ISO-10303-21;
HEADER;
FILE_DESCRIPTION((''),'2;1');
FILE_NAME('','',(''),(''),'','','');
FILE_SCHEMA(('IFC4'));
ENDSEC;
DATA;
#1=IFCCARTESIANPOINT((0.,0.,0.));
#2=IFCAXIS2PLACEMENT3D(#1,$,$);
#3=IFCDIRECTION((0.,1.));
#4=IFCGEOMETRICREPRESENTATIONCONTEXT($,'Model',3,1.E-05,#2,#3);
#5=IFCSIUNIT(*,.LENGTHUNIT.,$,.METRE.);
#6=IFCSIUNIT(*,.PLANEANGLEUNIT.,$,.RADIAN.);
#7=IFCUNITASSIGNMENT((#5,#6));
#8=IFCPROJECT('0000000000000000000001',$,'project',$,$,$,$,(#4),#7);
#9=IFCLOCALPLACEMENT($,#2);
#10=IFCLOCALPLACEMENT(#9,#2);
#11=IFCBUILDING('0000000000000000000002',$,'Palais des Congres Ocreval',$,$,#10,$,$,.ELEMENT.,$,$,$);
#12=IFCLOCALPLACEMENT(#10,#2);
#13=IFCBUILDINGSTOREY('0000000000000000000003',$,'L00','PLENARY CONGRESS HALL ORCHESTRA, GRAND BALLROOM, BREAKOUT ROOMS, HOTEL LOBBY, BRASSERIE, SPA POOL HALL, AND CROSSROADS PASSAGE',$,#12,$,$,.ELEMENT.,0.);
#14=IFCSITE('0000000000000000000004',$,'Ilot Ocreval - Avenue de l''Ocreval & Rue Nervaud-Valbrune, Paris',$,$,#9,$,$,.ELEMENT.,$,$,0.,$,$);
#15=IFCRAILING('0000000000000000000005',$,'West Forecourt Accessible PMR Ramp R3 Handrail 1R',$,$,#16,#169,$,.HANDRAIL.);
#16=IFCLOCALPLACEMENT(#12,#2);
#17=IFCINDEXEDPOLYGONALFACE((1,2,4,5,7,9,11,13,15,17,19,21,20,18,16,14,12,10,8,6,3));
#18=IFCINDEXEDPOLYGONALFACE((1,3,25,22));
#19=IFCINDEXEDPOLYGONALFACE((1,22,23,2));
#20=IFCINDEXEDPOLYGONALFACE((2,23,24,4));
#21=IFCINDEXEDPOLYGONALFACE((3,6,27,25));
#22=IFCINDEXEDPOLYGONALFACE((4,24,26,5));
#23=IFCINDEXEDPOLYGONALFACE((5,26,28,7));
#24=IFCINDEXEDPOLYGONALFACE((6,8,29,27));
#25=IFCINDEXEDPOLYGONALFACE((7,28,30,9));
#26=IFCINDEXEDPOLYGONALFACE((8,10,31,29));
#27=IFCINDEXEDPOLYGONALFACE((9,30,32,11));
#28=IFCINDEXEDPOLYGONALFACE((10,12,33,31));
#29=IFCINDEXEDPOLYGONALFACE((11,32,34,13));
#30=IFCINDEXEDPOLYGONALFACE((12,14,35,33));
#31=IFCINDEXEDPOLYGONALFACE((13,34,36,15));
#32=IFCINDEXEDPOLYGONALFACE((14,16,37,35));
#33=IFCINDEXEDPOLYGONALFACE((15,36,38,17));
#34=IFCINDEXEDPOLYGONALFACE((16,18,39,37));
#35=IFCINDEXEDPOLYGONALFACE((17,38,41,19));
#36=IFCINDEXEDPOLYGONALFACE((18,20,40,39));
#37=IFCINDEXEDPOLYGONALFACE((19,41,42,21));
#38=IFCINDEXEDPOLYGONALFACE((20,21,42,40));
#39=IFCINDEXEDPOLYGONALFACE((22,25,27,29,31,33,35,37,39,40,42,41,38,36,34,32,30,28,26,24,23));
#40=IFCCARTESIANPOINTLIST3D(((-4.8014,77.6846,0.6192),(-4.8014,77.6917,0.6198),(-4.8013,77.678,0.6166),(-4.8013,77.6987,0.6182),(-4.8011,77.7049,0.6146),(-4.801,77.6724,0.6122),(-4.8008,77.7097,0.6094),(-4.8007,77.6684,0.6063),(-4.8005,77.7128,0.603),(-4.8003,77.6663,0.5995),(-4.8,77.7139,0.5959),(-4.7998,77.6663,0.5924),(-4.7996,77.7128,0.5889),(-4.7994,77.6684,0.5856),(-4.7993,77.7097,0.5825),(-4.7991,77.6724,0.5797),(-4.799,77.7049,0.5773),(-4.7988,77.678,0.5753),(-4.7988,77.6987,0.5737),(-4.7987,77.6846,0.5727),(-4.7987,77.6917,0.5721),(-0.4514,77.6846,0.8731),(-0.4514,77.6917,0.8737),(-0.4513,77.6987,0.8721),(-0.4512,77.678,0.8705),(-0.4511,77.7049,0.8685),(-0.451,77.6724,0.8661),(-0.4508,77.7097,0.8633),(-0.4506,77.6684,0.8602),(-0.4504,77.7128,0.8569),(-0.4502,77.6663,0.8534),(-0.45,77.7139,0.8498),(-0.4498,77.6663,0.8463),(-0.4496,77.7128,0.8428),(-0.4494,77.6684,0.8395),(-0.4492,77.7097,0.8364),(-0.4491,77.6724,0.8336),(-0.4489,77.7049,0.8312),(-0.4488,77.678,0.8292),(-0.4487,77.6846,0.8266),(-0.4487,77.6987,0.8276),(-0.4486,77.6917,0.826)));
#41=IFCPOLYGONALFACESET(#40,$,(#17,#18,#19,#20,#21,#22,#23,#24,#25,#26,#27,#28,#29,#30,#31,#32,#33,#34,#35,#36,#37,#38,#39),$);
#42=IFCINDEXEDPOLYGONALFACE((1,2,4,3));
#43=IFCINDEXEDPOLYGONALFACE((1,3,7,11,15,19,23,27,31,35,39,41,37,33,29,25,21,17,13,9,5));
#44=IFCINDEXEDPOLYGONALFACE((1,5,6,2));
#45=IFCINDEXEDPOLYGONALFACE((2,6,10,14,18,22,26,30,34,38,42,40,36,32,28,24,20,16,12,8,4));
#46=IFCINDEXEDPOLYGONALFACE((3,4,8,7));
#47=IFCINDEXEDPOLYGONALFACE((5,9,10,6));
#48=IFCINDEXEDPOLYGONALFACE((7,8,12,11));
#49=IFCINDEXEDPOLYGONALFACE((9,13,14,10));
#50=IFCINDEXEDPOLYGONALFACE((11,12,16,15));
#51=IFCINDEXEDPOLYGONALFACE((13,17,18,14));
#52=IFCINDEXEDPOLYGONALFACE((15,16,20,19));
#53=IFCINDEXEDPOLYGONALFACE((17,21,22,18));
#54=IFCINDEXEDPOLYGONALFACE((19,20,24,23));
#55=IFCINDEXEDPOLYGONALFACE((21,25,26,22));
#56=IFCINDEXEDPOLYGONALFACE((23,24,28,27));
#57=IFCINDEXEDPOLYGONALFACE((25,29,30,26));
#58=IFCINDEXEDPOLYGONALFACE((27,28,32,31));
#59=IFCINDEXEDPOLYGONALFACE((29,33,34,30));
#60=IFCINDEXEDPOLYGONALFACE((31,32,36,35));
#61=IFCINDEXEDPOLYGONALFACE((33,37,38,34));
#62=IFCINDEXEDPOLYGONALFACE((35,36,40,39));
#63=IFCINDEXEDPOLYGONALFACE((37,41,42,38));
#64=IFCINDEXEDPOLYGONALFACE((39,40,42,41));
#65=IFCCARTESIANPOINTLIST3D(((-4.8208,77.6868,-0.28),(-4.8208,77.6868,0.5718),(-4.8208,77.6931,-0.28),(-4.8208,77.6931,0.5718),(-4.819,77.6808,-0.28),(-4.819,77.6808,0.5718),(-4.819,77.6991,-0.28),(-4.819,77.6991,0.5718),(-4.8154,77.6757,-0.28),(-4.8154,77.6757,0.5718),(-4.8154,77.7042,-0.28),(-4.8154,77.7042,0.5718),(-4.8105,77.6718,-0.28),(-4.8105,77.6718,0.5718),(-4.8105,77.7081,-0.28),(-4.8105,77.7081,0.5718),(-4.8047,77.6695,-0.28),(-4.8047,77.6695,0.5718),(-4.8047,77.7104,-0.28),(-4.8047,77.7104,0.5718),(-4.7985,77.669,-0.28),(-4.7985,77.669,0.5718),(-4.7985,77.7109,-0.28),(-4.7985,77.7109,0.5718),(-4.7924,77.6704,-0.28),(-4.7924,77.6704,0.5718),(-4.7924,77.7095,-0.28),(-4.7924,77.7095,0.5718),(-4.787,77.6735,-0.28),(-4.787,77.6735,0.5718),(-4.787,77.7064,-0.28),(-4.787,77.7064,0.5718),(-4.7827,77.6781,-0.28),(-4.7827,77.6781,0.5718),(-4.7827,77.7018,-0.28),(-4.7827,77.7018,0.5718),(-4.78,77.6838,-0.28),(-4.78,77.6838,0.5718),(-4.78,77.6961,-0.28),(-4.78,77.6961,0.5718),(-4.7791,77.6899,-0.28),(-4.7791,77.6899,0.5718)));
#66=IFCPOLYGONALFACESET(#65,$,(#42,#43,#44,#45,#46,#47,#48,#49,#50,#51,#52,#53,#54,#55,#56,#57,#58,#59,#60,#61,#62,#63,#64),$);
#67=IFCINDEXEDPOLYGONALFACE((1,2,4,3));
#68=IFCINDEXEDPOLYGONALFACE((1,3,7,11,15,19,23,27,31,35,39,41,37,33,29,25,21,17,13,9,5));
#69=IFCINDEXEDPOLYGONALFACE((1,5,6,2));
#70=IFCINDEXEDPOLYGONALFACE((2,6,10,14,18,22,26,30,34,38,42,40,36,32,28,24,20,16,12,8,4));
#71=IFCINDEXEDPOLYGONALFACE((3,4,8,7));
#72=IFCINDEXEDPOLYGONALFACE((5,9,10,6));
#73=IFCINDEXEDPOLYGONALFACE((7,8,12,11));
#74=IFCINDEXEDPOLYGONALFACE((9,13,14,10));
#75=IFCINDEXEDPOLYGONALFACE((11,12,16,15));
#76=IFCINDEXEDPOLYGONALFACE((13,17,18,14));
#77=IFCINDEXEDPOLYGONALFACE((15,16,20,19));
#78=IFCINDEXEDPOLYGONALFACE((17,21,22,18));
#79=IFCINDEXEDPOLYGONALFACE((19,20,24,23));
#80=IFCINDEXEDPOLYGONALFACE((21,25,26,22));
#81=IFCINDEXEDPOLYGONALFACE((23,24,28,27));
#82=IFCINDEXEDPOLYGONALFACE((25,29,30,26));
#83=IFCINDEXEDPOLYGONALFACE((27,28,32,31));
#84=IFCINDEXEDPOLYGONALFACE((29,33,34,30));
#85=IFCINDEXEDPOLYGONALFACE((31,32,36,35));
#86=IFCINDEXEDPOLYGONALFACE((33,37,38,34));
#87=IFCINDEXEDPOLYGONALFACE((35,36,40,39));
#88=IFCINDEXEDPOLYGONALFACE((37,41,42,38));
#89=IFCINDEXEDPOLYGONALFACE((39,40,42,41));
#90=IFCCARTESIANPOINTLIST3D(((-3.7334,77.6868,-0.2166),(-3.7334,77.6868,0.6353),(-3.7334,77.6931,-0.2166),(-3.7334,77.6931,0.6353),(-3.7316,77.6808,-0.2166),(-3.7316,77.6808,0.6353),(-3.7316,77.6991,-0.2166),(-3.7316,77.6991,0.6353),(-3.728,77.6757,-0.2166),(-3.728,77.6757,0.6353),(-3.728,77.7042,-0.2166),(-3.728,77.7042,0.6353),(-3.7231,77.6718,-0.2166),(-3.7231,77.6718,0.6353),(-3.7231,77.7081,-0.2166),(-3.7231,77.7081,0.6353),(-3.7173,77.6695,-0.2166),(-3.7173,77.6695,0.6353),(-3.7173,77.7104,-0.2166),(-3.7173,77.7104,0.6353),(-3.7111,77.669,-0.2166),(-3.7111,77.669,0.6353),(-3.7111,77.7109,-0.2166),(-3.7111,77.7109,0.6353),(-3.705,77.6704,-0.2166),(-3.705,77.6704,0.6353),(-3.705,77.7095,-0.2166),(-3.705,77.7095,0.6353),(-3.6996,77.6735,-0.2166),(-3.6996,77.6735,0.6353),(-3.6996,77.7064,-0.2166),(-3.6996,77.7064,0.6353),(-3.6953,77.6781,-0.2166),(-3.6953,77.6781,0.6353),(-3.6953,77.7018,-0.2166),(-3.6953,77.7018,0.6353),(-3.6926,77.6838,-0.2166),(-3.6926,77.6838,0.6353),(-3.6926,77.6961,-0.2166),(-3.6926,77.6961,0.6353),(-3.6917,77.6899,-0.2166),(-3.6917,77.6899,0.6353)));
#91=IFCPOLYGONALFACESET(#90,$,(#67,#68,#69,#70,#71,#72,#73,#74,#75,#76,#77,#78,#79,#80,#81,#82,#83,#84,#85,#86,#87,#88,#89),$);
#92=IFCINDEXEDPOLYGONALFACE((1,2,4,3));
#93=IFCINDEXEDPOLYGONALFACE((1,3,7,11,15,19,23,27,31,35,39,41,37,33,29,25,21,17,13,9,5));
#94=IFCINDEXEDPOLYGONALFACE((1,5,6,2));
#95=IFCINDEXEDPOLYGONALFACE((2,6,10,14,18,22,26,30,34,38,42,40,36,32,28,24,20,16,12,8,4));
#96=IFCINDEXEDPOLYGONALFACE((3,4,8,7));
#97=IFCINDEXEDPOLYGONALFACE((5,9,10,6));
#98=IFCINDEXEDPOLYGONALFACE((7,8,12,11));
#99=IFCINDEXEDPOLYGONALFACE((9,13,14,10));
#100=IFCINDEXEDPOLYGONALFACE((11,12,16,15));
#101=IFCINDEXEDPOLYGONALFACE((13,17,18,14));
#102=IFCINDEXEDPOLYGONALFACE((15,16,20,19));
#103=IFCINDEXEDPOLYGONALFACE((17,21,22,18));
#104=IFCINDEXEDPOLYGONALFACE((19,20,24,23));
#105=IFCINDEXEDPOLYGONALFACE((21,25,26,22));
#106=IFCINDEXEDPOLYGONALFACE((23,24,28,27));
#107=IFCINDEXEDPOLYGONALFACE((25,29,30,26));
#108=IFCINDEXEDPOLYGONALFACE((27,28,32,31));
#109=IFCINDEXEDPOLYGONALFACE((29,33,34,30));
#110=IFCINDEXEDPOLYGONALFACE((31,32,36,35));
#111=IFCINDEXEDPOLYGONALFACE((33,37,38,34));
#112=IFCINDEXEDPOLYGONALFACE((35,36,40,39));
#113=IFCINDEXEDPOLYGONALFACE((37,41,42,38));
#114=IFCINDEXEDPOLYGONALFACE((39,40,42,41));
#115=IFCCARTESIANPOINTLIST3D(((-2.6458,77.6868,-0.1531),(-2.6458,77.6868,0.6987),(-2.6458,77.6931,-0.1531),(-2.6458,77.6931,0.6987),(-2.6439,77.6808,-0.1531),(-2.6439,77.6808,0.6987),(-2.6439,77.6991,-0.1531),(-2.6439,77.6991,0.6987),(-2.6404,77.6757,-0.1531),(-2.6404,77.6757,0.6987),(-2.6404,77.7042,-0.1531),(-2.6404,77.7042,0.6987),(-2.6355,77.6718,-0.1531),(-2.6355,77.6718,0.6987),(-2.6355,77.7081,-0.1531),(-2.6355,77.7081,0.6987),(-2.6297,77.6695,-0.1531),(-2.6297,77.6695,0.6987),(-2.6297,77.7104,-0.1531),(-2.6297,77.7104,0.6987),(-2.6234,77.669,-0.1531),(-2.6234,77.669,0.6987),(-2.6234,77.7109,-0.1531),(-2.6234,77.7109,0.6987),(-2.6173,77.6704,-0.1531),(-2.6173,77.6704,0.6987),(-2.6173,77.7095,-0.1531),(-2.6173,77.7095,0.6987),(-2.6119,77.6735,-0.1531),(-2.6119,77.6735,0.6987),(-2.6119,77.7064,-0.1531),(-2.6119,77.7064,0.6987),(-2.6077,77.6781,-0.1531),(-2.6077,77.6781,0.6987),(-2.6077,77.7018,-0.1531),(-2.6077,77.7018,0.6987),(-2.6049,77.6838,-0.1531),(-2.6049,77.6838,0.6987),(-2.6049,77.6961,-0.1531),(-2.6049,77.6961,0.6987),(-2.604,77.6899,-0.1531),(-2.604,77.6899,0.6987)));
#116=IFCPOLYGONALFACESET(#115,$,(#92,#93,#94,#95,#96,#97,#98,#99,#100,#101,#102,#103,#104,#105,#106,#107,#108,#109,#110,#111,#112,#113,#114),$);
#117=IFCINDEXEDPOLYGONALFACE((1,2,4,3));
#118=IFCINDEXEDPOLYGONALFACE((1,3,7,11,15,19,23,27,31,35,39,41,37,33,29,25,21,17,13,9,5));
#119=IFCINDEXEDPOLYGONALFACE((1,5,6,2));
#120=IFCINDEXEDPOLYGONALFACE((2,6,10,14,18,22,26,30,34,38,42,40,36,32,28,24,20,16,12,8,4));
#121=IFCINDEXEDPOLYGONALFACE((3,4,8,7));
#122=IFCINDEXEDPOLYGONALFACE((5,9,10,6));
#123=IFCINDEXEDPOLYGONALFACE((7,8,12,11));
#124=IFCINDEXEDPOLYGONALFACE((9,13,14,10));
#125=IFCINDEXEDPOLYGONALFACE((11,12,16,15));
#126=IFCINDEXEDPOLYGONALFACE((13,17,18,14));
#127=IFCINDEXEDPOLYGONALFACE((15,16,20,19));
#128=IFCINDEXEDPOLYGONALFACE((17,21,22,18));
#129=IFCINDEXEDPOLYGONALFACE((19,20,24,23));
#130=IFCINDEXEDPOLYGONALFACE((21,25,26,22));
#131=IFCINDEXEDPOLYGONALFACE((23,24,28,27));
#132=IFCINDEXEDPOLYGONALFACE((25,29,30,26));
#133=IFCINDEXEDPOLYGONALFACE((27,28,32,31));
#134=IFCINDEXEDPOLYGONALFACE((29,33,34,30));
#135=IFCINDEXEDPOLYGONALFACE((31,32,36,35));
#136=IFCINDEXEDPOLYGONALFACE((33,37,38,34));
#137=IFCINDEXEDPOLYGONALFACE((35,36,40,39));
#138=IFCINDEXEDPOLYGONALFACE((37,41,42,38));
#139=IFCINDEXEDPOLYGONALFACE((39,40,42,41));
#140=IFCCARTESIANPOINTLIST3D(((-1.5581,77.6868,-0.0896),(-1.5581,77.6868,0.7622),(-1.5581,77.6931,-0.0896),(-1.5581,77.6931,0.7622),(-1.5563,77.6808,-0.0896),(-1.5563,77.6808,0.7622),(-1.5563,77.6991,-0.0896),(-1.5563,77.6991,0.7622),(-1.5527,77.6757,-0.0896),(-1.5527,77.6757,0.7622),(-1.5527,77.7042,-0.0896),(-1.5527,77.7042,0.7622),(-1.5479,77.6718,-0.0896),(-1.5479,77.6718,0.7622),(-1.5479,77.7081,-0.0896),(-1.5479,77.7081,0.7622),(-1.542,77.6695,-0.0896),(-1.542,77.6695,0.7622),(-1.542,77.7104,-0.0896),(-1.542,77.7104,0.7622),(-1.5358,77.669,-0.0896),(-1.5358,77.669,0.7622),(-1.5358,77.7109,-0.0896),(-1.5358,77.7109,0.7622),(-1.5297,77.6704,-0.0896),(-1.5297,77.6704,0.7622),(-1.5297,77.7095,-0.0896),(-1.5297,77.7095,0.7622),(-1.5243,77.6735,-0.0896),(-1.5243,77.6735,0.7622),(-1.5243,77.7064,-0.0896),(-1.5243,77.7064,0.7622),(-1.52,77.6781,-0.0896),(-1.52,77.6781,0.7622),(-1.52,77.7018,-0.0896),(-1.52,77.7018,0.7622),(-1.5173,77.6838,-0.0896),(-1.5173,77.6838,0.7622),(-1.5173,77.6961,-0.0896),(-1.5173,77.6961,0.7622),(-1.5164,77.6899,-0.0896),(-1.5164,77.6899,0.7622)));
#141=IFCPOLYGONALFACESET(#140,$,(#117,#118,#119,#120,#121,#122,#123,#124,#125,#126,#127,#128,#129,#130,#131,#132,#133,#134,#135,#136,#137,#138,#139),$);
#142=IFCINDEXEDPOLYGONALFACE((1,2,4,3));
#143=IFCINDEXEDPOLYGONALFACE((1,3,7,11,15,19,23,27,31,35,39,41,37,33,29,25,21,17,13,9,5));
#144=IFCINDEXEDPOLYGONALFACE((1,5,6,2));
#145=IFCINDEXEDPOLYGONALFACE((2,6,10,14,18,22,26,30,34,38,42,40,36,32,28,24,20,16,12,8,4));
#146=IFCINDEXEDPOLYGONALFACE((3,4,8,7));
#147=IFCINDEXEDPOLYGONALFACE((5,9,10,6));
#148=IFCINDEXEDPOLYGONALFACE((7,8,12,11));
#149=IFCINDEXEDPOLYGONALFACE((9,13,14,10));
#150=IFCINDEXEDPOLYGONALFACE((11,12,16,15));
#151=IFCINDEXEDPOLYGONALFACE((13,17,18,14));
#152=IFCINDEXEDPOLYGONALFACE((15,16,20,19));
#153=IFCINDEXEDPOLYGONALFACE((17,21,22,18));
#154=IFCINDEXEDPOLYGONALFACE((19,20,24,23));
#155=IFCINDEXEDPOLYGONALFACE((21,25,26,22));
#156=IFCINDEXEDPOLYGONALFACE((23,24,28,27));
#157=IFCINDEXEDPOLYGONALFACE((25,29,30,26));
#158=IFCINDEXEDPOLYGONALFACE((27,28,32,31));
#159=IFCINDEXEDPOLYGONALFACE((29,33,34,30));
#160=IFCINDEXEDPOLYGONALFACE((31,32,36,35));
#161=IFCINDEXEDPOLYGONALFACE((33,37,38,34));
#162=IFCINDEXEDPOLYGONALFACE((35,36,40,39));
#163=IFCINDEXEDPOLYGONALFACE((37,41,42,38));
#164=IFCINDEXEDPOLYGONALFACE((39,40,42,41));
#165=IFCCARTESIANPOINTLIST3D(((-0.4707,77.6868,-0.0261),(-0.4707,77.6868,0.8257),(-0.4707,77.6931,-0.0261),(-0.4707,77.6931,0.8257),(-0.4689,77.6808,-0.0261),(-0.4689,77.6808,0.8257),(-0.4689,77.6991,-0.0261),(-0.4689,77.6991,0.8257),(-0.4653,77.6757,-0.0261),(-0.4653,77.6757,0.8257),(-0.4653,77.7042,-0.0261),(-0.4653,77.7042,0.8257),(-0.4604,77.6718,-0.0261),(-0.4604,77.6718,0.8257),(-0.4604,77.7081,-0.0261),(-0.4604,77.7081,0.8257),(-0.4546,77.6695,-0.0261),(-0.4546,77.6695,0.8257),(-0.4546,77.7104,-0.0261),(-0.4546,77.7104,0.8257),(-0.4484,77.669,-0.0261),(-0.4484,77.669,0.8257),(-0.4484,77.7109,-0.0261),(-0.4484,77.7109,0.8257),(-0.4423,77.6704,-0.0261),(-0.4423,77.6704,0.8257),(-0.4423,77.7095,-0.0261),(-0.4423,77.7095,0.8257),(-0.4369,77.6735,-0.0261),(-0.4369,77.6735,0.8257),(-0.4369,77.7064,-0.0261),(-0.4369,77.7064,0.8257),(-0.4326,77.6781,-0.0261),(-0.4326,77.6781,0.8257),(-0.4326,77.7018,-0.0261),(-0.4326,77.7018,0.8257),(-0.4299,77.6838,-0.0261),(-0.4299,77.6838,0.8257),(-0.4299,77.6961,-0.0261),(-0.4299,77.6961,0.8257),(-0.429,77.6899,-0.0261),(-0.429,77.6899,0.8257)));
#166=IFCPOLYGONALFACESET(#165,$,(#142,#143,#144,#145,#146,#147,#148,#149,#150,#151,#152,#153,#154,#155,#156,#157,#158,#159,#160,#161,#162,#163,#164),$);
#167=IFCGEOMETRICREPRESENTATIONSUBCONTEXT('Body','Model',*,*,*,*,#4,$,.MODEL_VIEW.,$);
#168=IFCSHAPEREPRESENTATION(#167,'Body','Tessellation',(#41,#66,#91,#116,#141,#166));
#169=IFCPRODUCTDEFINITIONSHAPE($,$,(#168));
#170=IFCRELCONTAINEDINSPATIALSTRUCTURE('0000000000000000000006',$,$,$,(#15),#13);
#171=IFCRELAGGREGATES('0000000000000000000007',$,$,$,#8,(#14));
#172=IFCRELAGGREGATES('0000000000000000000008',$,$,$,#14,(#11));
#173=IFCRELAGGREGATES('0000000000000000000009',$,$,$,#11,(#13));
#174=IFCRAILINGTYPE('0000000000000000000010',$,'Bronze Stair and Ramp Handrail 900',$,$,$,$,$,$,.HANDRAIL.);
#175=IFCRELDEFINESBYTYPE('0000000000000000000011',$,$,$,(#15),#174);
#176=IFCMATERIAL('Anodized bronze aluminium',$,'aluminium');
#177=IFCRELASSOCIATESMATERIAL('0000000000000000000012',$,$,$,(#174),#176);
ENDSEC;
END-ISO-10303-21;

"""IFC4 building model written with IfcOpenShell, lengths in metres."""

from ifc_helpers import new_model, si_unit, direction, frame, origin, origin_2d, place, context, subcontext, project, spatial, circle, extrude, material, type_object, element, save


model = new_model("IFC4")

# Units and contexts
model_context = context("Model", 3, precision=1e-05, world=origin(), true_north=direction((0.0, 1.0)))
body_context = subcontext(model_context, "Body", "Model", "MODEL_VIEW")
ifc_project = project(units=[si_unit("LENGTHUNIT", "METRE"), si_unit("PLANEANGLEUNIT", "RADIAN")], contexts=[model_context])

# Site, building, storey
site_placement = place(None, origin())
site = spatial("IfcSite", under=ifc_project, at=site_placement, Name="Ilot Ocreval - Avenue de l'Ocreval & Rue Nervaud-Valbrune, Paris", CompositionType="ELEMENT", RefElevation=0.0)
building_placement = place(site_placement, origin())
building = spatial("IfcBuilding", under=site, at=building_placement, Name="Palais des Congres Ocreval", CompositionType="ELEMENT")
storey_placement = place(building_placement, origin())
storey = spatial("IfcBuildingStorey", under=building, at=storey_placement, Name="L00", Description="PLENARY CONGRESS HALL ORCHESTRA, GRAND BALLROOM, BREAKOUT ROOMS, HOTEL LOBBY, BRASSERIE, SPA POOL HALL, AND CROSSROADS PASSAGE", CompositionType="ELEMENT", Elevation=0.0)

# Railing
ifc_material_1 = material(Name="Anodized bronze aluminium", Category="aluminium")
railing_type = type_object("IfcRailingType", Name="Bronze Stair and Ramp Handrail 900", PredefinedType="HANDRAIL", material=ifc_material_1)
for number, where, name in (
    (1, (-4.8, 77.6899, -0.28), "West Forecourt Accessible PMR Ramp R3 Handrail 1R"),
):
    element("IfcRailing", number, at=place(storey_placement, frame(where)), inside=storey, type_object=railing_type, Name=name, PredefinedType="HANDRAIL", context=body_context, shape_type="SweptSolid", body=[
        extrude(circle(Radius=0.0239, at=origin_2d()), frame((0.0, 0.0, 0.876), z_axis=(0.998301, 0.0, 0.058269), x_axis=(0.0, 1.0, 0.0)), (0.0, 0.0, 1.0), 4.3574),
        extrude(circle(Radius=0.021, at=origin_2d()), origin(), (0.0, 0.0, 1.0), 0.8518),
        extrude(circle(Radius=0.021, at=origin_2d()), frame((1.0874, 0.0, 0.0635)), (0.0, 0.0, 1.0), 0.8518),
        extrude(circle(Radius=0.021, at=origin_2d()), frame((2.175, 0.0, 0.127)), (0.0, 0.0, 1.0), 0.8518),
        extrude(circle(Radius=0.021, at=origin_2d()), frame((3.2627, 0.0, 0.1904)), (0.0, 0.0, 1.0), 0.8518),
        extrude(circle(Radius=0.021, at=origin_2d()), frame((4.3501, 0.0, 0.2539)), (0.0, 0.0, 1.0), 0.8518),
    ])

save(model, "model.ifc")
